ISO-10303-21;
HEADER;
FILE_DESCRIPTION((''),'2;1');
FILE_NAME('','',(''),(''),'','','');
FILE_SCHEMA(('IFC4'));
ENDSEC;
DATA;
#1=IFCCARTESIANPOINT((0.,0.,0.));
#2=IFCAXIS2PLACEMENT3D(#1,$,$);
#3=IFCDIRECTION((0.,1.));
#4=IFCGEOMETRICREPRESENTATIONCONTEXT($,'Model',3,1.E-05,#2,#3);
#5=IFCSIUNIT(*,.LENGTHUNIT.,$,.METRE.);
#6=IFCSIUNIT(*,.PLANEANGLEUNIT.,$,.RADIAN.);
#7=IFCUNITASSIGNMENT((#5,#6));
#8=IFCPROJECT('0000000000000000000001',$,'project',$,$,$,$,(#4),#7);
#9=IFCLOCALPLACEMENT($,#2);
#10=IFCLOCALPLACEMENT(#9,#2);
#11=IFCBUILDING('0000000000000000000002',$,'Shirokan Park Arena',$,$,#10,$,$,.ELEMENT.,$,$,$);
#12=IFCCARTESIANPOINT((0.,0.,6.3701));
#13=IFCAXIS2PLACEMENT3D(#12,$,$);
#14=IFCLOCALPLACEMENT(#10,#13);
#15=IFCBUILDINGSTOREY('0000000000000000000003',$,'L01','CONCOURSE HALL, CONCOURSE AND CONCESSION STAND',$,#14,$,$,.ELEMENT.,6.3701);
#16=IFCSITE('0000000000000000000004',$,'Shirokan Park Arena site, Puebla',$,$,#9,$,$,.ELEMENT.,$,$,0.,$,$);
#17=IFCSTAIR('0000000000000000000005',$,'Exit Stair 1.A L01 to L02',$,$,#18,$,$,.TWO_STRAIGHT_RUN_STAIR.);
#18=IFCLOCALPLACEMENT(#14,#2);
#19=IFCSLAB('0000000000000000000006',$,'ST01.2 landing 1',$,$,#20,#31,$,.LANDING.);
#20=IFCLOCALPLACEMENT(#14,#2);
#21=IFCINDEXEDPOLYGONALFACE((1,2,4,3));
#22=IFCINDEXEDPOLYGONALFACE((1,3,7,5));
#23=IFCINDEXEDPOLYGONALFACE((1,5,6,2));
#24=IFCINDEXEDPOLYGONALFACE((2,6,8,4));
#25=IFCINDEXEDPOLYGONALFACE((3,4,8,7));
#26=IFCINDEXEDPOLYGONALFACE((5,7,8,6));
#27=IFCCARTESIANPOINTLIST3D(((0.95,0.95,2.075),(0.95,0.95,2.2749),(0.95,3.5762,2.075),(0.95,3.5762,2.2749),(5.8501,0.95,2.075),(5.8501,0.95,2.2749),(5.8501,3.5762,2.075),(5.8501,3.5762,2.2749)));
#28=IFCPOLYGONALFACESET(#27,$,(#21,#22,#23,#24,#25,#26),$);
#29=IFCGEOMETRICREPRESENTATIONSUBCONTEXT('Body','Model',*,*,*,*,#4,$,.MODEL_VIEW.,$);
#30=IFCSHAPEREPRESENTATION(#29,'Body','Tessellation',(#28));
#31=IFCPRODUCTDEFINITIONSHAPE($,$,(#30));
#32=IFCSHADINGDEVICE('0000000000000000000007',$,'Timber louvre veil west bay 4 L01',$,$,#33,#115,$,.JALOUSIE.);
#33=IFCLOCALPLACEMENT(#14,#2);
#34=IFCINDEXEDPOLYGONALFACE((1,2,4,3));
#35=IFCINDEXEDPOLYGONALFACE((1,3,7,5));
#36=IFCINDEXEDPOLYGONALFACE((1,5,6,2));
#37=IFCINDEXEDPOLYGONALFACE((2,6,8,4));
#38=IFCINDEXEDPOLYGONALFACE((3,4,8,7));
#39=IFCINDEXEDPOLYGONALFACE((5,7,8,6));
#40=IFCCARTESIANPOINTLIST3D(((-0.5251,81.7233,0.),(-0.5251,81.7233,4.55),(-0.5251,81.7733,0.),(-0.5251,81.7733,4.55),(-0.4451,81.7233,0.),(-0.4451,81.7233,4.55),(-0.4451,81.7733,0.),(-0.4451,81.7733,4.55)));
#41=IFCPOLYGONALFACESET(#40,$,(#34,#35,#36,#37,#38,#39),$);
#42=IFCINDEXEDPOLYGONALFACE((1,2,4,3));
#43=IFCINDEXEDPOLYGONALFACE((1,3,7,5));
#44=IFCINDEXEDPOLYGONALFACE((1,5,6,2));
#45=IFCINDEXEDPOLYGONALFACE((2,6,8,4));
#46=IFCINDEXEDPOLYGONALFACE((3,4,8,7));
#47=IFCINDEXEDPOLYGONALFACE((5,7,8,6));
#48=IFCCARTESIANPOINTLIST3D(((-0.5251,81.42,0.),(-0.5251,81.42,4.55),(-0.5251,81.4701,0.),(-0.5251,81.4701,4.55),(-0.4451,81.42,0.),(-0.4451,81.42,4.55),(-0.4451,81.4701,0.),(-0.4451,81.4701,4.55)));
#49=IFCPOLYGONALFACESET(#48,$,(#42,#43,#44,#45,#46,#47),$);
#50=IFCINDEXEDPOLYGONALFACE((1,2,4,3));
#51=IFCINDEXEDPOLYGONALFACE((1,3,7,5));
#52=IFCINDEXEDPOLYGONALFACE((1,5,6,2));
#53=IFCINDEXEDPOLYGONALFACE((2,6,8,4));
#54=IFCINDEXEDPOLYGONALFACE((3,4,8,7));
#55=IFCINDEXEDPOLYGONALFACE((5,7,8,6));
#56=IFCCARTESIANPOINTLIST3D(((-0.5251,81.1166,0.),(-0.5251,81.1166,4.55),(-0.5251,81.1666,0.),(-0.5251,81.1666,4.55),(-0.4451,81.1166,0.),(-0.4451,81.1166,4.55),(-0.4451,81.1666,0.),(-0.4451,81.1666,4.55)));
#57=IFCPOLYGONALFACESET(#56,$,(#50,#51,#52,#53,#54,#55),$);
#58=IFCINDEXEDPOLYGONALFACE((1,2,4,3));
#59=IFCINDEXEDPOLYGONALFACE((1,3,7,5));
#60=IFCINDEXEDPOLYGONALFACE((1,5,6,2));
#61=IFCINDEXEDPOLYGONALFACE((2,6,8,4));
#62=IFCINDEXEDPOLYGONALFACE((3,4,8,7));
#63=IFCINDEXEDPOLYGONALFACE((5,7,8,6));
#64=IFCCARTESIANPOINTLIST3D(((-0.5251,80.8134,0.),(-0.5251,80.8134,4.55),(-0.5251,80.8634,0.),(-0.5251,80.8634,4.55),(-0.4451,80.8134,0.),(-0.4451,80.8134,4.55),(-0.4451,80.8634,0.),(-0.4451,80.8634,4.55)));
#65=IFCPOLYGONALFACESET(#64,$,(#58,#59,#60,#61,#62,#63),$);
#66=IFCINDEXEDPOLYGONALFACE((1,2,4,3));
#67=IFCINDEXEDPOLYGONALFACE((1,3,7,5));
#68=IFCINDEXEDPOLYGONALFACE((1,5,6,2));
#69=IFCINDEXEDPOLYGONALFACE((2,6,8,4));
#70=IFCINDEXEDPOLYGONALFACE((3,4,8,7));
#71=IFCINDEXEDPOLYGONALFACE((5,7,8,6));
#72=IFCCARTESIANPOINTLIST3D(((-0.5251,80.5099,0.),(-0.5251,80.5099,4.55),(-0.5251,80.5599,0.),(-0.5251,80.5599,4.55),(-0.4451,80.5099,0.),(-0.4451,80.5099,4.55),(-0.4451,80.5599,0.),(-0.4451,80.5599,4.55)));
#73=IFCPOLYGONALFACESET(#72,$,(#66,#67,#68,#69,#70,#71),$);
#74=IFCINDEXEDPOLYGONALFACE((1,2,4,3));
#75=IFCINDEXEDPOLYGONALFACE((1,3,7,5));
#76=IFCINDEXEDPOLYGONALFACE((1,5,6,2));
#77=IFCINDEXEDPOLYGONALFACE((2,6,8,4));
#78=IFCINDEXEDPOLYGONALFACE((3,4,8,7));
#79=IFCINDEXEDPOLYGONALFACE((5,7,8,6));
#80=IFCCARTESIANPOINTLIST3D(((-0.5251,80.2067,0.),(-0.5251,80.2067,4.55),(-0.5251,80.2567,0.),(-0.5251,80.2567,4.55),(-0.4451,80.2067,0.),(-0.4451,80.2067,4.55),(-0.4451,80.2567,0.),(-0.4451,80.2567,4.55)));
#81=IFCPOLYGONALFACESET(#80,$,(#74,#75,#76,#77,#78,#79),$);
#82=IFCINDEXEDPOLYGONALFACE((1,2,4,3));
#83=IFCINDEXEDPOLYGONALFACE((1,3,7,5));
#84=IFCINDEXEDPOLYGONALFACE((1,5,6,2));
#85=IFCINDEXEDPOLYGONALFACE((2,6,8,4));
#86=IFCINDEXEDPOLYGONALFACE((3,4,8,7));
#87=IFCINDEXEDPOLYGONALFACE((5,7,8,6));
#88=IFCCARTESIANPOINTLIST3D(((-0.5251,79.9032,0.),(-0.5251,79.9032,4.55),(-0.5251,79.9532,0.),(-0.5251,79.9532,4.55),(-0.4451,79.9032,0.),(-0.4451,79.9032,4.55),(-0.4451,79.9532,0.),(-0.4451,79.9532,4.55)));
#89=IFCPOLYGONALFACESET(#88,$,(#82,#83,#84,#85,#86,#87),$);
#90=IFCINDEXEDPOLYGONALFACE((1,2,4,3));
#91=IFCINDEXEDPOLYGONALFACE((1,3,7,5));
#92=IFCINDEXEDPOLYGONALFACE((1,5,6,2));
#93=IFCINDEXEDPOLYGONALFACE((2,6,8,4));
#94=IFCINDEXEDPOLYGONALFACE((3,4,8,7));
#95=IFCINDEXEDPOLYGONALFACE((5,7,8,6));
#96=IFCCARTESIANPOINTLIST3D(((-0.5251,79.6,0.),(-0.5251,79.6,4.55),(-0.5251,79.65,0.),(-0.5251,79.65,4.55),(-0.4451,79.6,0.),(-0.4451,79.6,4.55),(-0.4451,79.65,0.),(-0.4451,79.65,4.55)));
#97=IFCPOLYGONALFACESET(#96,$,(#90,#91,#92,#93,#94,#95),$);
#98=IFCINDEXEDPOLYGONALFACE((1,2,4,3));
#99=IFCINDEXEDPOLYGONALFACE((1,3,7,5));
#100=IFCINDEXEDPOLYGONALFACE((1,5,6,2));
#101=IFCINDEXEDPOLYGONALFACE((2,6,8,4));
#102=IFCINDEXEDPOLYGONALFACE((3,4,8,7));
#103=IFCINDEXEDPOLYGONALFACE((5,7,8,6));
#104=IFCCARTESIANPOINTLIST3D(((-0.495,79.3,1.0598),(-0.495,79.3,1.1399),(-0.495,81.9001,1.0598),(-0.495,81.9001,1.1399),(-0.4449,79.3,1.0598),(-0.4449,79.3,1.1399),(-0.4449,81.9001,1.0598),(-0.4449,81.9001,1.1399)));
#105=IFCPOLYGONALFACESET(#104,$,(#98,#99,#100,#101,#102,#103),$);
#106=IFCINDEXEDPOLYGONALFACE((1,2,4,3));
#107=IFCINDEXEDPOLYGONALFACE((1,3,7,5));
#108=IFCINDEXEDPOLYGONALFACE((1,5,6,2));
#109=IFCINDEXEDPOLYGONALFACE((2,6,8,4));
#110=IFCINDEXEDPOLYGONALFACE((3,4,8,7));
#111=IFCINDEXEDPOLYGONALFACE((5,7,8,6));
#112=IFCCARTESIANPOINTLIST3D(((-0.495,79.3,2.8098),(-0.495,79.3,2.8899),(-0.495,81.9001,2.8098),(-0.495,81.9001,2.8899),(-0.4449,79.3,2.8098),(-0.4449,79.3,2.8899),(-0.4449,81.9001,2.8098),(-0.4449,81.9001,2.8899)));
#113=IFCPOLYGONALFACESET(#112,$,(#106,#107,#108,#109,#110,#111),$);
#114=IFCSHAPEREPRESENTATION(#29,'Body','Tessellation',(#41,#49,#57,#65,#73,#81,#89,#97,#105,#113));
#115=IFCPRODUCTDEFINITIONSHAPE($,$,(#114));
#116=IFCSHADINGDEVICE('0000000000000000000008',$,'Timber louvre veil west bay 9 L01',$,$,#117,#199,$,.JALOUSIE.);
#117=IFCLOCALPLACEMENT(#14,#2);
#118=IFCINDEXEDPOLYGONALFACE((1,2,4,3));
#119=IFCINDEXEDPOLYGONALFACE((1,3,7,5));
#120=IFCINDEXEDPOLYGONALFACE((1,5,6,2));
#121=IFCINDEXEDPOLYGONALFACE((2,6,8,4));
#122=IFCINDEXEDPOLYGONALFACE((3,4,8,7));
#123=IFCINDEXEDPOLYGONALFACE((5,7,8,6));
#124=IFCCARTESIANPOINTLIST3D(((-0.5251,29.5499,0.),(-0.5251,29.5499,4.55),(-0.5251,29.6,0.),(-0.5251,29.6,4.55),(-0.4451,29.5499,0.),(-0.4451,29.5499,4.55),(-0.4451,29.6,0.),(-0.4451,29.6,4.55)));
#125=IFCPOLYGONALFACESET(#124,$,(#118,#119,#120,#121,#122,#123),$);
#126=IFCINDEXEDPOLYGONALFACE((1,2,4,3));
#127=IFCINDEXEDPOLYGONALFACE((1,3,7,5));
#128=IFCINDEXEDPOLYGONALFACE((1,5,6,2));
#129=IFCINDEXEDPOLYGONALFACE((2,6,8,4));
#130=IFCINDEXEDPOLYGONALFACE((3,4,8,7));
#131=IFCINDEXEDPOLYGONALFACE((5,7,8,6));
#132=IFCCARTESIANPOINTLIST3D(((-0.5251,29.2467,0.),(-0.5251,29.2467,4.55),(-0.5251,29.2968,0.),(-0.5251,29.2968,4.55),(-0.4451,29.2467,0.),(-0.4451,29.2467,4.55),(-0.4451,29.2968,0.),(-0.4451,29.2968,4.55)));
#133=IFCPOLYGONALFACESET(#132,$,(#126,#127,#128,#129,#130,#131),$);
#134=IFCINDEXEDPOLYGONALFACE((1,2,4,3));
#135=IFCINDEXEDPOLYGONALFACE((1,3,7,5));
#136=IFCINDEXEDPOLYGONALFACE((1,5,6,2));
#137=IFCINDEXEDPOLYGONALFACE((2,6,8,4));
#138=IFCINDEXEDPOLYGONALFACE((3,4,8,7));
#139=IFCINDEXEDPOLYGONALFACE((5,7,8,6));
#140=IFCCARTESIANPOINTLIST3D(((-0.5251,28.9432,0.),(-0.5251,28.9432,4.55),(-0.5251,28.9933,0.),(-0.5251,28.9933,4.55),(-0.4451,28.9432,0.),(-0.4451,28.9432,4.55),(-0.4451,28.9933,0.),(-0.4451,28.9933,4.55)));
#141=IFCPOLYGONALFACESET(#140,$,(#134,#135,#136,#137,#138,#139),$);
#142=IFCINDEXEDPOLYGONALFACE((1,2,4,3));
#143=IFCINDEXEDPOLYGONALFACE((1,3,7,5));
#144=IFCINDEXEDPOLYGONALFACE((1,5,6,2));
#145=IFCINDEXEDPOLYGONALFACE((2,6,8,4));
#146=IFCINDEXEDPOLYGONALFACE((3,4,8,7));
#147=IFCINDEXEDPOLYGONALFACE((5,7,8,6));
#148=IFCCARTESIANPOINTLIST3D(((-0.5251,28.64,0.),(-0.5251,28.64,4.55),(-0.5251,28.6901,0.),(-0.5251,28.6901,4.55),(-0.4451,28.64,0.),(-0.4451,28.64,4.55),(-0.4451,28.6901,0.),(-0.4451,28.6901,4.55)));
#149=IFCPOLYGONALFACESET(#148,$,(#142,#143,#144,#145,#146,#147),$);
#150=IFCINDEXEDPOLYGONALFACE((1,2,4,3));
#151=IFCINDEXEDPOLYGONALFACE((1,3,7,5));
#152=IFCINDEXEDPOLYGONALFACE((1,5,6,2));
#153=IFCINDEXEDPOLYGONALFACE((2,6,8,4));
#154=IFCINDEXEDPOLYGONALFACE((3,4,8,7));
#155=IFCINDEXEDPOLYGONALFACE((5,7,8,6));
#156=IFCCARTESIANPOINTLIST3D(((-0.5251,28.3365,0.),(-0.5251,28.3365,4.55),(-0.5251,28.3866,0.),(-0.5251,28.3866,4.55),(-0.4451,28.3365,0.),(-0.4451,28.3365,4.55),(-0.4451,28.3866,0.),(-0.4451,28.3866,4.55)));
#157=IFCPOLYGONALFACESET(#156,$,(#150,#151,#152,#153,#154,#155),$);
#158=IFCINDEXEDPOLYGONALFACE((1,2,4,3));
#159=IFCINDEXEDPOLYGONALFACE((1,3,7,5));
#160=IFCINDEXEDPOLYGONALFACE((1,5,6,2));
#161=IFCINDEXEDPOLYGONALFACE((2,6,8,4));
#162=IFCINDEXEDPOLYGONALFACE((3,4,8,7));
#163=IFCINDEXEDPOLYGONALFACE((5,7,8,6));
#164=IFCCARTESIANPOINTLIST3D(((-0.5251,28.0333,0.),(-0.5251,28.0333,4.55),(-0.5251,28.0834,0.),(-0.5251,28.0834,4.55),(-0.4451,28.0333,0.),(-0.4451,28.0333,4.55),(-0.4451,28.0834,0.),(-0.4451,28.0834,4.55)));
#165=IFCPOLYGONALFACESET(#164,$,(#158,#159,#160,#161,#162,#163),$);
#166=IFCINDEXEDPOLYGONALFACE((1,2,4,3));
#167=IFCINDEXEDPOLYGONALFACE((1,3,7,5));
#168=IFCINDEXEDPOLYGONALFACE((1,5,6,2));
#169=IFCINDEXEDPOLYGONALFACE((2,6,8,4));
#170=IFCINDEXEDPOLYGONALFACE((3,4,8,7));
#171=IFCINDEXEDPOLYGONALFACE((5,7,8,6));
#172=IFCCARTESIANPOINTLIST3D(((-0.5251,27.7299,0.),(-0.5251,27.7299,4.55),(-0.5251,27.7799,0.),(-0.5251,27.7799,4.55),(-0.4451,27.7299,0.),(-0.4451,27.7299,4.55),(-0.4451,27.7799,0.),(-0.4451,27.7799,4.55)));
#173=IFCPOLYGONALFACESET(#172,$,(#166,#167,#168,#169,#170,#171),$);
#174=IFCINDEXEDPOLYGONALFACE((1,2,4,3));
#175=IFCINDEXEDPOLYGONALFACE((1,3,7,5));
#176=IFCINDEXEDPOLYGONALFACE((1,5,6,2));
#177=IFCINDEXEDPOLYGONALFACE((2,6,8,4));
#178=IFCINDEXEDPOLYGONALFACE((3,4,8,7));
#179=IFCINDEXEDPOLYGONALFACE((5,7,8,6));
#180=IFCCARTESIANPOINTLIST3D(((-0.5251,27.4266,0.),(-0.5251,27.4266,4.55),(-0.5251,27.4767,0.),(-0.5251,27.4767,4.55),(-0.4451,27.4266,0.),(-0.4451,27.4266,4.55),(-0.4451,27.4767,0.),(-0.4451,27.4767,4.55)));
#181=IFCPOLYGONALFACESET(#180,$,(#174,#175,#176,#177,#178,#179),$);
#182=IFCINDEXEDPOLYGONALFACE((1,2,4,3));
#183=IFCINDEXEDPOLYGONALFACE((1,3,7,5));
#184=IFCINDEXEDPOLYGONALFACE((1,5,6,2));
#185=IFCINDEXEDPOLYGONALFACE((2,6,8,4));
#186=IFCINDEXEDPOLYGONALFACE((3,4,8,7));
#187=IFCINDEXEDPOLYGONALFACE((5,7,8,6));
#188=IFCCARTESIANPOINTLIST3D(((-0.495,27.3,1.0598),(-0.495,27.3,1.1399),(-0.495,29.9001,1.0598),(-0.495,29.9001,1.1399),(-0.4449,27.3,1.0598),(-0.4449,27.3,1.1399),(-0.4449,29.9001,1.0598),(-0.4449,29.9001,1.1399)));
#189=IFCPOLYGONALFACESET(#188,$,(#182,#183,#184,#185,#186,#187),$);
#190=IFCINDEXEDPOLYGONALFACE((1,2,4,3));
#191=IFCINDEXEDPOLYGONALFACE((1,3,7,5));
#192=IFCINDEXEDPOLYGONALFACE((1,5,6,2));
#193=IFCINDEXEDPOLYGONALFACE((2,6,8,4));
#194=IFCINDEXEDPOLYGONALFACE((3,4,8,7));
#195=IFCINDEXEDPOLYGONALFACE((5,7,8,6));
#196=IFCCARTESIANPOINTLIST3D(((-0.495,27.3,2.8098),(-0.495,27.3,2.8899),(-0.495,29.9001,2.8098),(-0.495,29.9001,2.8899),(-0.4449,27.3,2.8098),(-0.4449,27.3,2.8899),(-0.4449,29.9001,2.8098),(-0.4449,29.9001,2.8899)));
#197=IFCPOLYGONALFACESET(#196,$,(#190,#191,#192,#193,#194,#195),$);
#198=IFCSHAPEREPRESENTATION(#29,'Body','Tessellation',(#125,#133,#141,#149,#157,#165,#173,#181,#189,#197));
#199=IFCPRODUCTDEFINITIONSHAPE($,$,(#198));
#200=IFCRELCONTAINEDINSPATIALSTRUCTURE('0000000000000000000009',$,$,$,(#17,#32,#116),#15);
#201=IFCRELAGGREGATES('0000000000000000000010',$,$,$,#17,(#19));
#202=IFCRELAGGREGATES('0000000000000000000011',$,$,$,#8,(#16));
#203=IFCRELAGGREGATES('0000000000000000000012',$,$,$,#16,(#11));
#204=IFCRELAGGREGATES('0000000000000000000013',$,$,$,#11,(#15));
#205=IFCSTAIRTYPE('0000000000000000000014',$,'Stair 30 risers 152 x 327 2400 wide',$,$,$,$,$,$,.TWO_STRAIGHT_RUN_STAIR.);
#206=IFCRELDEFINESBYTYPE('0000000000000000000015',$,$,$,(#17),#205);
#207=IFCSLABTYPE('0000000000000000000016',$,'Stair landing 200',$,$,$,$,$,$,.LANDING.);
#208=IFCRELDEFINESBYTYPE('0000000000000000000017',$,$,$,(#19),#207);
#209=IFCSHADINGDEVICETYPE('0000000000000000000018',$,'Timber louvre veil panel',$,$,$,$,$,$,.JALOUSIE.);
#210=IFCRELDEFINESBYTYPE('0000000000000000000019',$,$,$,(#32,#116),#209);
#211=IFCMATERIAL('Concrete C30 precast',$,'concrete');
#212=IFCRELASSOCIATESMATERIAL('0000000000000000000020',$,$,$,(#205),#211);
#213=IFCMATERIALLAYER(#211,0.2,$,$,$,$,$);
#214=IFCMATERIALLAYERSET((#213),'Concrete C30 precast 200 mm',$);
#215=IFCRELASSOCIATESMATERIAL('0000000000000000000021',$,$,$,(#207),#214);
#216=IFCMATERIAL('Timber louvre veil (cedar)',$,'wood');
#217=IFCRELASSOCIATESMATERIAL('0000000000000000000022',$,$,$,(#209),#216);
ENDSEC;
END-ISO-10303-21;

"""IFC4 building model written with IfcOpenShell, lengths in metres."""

from ifc_helpers import new_model, si_unit, direction, frame, origin, origin_2d, place, context, subcontext, project, spatial, polyline, rectangle, outline, extrude, material, layer, layer_set, type_object, element, aggregate, save


model = new_model("IFC4")

# Units and contexts
model_context = context("Model", 3, precision=1e-05, world=origin(), true_north=direction((0.0, 1.0)))
body_context = subcontext(model_context, "Body", "Model", "MODEL_VIEW")
ifc_project = project(units=[si_unit("LENGTHUNIT", "METRE"), si_unit("PLANEANGLEUNIT", "RADIAN")], contexts=[model_context])

# Site, building, storey
site_placement = place(None, origin())
site = spatial("IfcSite", under=ifc_project, at=site_placement, Name="Shirokan Park Arena site, Puebla", CompositionType="ELEMENT", RefElevation=0.0)
building_placement = place(site_placement, origin())
building = spatial("IfcBuilding", under=site, at=building_placement, Name="Shirokan Park Arena", CompositionType="ELEMENT")
storey_placement = place(building_placement, frame((0.0, 0.0, 6.3701)))
storey = spatial("IfcBuildingStorey", under=building, at=storey_placement, Name="L01", Description="CONCOURSE HALL, CONCOURSE AND CONCESSION STAND", CompositionType="ELEMENT", Elevation=6.3701)

# Stair, slab
ifc_material_1 = material(Name="Concrete C30 precast", Category="concrete")
stair_type = type_object("IfcStairType", Name="Stair 30 risers 152 x 327 2400 wide", PredefinedType="TWO_STRAIGHT_RUN_STAIR", material=ifc_material_1)
stair_placement = place(storey_placement, origin())
stair = element("IfcStair", 1, at=stair_placement, inside=storey, type_object=stair_type, Name="Exit Stair 1.A L01 to L02", PredefinedType="TWO_STRAIGHT_RUN_STAIR")
ifc_layer = layer(ifc_material_1, 0.2)
ifc_layer_set = layer_set([ifc_layer], Name="Concrete C30 precast 200 mm")
slab_type = type_object("IfcSlabType", Name="Stair landing 200", PredefinedType="LANDING", material=ifc_layer_set)
slab_placement = place(storey_placement, frame((0.0, 0.0, 2.075)))
slab = element("IfcSlab", 2, at=slab_placement, type_object=slab_type, Name="ST01.2 landing 1", PredefinedType="LANDING", context=body_context, shape_type="SweptSolid", body=[
    extrude(outline(polyline([(0.95, 0.95), (5.8501, 0.95), (5.8501, 3.5762), (0.95, 3.5762), (0.95, 0.95)])), origin(), (0.0, 0.0, 1.0), 0.2),
])
aggregate(stair, [slab])

# Shading devices
ifc_material_2 = material(Name="Timber louvre veil (cedar)", Category="wood")
shading_device_type = type_object("IfcShadingDeviceType", Name="Timber louvre veil panel", PredefinedType="JALOUSIE", material=ifc_material_2)
shading_device_1_placement = place(storey_placement, origin())
element("IfcShadingDevice", 3, at=shading_device_1_placement, inside=storey, type_object=shading_device_type, Name="Timber louvre veil west bay 4 L01", PredefinedType="JALOUSIE", context=body_context, shape_type="SweptSolid", body=[
    extrude(rectangle(XDim=0.05, YDim=0.0801, at=origin_2d()), frame((-0.4851, 81.7483, 0.0), z_axis=(0.0, 0.0, 1.0), x_axis=(0.0, -1.0, 0.0)), (0.0, 0.0, 1.0), 4.55),
    extrude(rectangle(XDim=0.05, YDim=0.0801, at=origin_2d()), frame((-0.4851, 81.4451, 0.0), z_axis=(0.0, 0.0, 1.0), x_axis=(0.0, -1.0, 0.0)), (0.0, 0.0, 1.0), 4.55),
    extrude(rectangle(XDim=0.05, YDim=0.0801, at=origin_2d()), frame((-0.4851, 81.1416, 0.0), z_axis=(0.0, 0.0, 1.0), x_axis=(0.0, -1.0, 0.0)), (0.0, 0.0, 1.0), 4.55),
    extrude(rectangle(XDim=0.05, YDim=0.0801, at=origin_2d()), frame((-0.4851, 80.8384, 0.0), z_axis=(0.0, 0.0, 1.0), x_axis=(0.0, -1.0, 0.0)), (0.0, 0.0, 1.0), 4.55),
    extrude(rectangle(XDim=0.05, YDim=0.0801, at=origin_2d()), frame((-0.4851, 80.5349, 0.0), z_axis=(0.0, 0.0, 1.0), x_axis=(0.0, -1.0, 0.0)), (0.0, 0.0, 1.0), 4.55),
    extrude(rectangle(XDim=0.05, YDim=0.0801, at=origin_2d()), frame((-0.4851, 80.2317, 0.0), z_axis=(0.0, 0.0, 1.0), x_axis=(0.0, -1.0, 0.0)), (0.0, 0.0, 1.0), 4.55),
    extrude(rectangle(XDim=0.05, YDim=0.0801, at=origin_2d()), frame((-0.4851, 79.9282, 0.0), z_axis=(0.0, 0.0, 1.0), x_axis=(0.0, -1.0, 0.0)), (0.0, 0.0, 1.0), 4.55),
    extrude(rectangle(XDim=0.05, YDim=0.0801, at=origin_2d()), frame((-0.4851, 79.625, 0.0), z_axis=(0.0, 0.0, 1.0), x_axis=(0.0, -1.0, 0.0)), (0.0, 0.0, 1.0), 4.55),
    extrude(rectangle(XDim=2.6001, YDim=0.05, at=origin_2d()), frame((-0.47, 80.6001, 1.0598), z_axis=(0.0, 0.0, 1.0), x_axis=(0.0, -1.0, 0.0)), (0.0, 0.0, 1.0), 0.0801),
    extrude(rectangle(XDim=2.6001, YDim=0.05, at=origin_2d()), frame((-0.47, 80.6001, 2.8098), z_axis=(0.0, 0.0, 1.0), x_axis=(0.0, -1.0, 0.0)), (0.0, 0.0, 1.0), 0.0801),
])
shading_device_2_placement = place(storey_placement, origin())
element("IfcShadingDevice", 4, at=shading_device_2_placement, inside=storey, type_object=shading_device_type, Name="Timber louvre veil west bay 9 L01", PredefinedType="JALOUSIE", context=body_context, shape_type="SweptSolid", body=[
    extrude(rectangle(XDim=0.05, YDim=0.0801, at=origin_2d()), frame((-0.4851, 29.575, 0.0), z_axis=(0.0, 0.0, 1.0), x_axis=(0.0, -1.0, 0.0)), (0.0, 0.0, 1.0), 4.55),
    extrude(rectangle(XDim=0.05, YDim=0.0801, at=origin_2d()), frame((-0.4851, 29.2717, 0.0), z_axis=(0.0, 0.0, 1.0), x_axis=(0.0, -1.0, 0.0)), (0.0, 0.0, 1.0), 4.55),
    extrude(rectangle(XDim=0.05, YDim=0.0801, at=origin_2d()), frame((-0.4851, 28.9683, 0.0), z_axis=(0.0, 0.0, 1.0), x_axis=(0.0, -1.0, 0.0)), (0.0, 0.0, 1.0), 4.55),
    extrude(rectangle(XDim=0.05, YDim=0.0801, at=origin_2d()), frame((-0.4851, 28.665, 0.0), z_axis=(0.0, 0.0, 1.0), x_axis=(0.0, -1.0, 0.0)), (0.0, 0.0, 1.0), 4.55),
    extrude(rectangle(XDim=0.05, YDim=0.0801, at=origin_2d()), frame((-0.4851, 28.3616, 0.0), z_axis=(0.0, 0.0, 1.0), x_axis=(0.0, -1.0, 0.0)), (0.0, 0.0, 1.0), 4.55),
    extrude(rectangle(XDim=0.05, YDim=0.0801, at=origin_2d()), frame((-0.4851, 28.0583, 0.0), z_axis=(0.0, 0.0, 1.0), x_axis=(0.0, -1.0, 0.0)), (0.0, 0.0, 1.0), 4.55),
    extrude(rectangle(XDim=0.05, YDim=0.0801, at=origin_2d()), frame((-0.4851, 27.7549, 0.0), z_axis=(0.0, 0.0, 1.0), x_axis=(0.0, -1.0, 0.0)), (0.0, 0.0, 1.0), 4.55),
    extrude(rectangle(XDim=0.05, YDim=0.0801, at=origin_2d()), frame((-0.4851, 27.4517, 0.0), z_axis=(0.0, 0.0, 1.0), x_axis=(0.0, -1.0, 0.0)), (0.0, 0.0, 1.0), 4.55),
    extrude(rectangle(XDim=2.6001, YDim=0.05, at=origin_2d()), frame((-0.47, 28.6001, 1.0598), z_axis=(0.0, 0.0, 1.0), x_axis=(0.0, -1.0, 0.0)), (0.0, 0.0, 1.0), 0.0801),
    extrude(rectangle(XDim=2.6001, YDim=0.05, at=origin_2d()), frame((-0.47, 28.6001, 2.8098), z_axis=(0.0, 0.0, 1.0), x_axis=(0.0, -1.0, 0.0)), (0.0, 0.0, 1.0), 0.0801),
])

save(model, "model.ifc")
